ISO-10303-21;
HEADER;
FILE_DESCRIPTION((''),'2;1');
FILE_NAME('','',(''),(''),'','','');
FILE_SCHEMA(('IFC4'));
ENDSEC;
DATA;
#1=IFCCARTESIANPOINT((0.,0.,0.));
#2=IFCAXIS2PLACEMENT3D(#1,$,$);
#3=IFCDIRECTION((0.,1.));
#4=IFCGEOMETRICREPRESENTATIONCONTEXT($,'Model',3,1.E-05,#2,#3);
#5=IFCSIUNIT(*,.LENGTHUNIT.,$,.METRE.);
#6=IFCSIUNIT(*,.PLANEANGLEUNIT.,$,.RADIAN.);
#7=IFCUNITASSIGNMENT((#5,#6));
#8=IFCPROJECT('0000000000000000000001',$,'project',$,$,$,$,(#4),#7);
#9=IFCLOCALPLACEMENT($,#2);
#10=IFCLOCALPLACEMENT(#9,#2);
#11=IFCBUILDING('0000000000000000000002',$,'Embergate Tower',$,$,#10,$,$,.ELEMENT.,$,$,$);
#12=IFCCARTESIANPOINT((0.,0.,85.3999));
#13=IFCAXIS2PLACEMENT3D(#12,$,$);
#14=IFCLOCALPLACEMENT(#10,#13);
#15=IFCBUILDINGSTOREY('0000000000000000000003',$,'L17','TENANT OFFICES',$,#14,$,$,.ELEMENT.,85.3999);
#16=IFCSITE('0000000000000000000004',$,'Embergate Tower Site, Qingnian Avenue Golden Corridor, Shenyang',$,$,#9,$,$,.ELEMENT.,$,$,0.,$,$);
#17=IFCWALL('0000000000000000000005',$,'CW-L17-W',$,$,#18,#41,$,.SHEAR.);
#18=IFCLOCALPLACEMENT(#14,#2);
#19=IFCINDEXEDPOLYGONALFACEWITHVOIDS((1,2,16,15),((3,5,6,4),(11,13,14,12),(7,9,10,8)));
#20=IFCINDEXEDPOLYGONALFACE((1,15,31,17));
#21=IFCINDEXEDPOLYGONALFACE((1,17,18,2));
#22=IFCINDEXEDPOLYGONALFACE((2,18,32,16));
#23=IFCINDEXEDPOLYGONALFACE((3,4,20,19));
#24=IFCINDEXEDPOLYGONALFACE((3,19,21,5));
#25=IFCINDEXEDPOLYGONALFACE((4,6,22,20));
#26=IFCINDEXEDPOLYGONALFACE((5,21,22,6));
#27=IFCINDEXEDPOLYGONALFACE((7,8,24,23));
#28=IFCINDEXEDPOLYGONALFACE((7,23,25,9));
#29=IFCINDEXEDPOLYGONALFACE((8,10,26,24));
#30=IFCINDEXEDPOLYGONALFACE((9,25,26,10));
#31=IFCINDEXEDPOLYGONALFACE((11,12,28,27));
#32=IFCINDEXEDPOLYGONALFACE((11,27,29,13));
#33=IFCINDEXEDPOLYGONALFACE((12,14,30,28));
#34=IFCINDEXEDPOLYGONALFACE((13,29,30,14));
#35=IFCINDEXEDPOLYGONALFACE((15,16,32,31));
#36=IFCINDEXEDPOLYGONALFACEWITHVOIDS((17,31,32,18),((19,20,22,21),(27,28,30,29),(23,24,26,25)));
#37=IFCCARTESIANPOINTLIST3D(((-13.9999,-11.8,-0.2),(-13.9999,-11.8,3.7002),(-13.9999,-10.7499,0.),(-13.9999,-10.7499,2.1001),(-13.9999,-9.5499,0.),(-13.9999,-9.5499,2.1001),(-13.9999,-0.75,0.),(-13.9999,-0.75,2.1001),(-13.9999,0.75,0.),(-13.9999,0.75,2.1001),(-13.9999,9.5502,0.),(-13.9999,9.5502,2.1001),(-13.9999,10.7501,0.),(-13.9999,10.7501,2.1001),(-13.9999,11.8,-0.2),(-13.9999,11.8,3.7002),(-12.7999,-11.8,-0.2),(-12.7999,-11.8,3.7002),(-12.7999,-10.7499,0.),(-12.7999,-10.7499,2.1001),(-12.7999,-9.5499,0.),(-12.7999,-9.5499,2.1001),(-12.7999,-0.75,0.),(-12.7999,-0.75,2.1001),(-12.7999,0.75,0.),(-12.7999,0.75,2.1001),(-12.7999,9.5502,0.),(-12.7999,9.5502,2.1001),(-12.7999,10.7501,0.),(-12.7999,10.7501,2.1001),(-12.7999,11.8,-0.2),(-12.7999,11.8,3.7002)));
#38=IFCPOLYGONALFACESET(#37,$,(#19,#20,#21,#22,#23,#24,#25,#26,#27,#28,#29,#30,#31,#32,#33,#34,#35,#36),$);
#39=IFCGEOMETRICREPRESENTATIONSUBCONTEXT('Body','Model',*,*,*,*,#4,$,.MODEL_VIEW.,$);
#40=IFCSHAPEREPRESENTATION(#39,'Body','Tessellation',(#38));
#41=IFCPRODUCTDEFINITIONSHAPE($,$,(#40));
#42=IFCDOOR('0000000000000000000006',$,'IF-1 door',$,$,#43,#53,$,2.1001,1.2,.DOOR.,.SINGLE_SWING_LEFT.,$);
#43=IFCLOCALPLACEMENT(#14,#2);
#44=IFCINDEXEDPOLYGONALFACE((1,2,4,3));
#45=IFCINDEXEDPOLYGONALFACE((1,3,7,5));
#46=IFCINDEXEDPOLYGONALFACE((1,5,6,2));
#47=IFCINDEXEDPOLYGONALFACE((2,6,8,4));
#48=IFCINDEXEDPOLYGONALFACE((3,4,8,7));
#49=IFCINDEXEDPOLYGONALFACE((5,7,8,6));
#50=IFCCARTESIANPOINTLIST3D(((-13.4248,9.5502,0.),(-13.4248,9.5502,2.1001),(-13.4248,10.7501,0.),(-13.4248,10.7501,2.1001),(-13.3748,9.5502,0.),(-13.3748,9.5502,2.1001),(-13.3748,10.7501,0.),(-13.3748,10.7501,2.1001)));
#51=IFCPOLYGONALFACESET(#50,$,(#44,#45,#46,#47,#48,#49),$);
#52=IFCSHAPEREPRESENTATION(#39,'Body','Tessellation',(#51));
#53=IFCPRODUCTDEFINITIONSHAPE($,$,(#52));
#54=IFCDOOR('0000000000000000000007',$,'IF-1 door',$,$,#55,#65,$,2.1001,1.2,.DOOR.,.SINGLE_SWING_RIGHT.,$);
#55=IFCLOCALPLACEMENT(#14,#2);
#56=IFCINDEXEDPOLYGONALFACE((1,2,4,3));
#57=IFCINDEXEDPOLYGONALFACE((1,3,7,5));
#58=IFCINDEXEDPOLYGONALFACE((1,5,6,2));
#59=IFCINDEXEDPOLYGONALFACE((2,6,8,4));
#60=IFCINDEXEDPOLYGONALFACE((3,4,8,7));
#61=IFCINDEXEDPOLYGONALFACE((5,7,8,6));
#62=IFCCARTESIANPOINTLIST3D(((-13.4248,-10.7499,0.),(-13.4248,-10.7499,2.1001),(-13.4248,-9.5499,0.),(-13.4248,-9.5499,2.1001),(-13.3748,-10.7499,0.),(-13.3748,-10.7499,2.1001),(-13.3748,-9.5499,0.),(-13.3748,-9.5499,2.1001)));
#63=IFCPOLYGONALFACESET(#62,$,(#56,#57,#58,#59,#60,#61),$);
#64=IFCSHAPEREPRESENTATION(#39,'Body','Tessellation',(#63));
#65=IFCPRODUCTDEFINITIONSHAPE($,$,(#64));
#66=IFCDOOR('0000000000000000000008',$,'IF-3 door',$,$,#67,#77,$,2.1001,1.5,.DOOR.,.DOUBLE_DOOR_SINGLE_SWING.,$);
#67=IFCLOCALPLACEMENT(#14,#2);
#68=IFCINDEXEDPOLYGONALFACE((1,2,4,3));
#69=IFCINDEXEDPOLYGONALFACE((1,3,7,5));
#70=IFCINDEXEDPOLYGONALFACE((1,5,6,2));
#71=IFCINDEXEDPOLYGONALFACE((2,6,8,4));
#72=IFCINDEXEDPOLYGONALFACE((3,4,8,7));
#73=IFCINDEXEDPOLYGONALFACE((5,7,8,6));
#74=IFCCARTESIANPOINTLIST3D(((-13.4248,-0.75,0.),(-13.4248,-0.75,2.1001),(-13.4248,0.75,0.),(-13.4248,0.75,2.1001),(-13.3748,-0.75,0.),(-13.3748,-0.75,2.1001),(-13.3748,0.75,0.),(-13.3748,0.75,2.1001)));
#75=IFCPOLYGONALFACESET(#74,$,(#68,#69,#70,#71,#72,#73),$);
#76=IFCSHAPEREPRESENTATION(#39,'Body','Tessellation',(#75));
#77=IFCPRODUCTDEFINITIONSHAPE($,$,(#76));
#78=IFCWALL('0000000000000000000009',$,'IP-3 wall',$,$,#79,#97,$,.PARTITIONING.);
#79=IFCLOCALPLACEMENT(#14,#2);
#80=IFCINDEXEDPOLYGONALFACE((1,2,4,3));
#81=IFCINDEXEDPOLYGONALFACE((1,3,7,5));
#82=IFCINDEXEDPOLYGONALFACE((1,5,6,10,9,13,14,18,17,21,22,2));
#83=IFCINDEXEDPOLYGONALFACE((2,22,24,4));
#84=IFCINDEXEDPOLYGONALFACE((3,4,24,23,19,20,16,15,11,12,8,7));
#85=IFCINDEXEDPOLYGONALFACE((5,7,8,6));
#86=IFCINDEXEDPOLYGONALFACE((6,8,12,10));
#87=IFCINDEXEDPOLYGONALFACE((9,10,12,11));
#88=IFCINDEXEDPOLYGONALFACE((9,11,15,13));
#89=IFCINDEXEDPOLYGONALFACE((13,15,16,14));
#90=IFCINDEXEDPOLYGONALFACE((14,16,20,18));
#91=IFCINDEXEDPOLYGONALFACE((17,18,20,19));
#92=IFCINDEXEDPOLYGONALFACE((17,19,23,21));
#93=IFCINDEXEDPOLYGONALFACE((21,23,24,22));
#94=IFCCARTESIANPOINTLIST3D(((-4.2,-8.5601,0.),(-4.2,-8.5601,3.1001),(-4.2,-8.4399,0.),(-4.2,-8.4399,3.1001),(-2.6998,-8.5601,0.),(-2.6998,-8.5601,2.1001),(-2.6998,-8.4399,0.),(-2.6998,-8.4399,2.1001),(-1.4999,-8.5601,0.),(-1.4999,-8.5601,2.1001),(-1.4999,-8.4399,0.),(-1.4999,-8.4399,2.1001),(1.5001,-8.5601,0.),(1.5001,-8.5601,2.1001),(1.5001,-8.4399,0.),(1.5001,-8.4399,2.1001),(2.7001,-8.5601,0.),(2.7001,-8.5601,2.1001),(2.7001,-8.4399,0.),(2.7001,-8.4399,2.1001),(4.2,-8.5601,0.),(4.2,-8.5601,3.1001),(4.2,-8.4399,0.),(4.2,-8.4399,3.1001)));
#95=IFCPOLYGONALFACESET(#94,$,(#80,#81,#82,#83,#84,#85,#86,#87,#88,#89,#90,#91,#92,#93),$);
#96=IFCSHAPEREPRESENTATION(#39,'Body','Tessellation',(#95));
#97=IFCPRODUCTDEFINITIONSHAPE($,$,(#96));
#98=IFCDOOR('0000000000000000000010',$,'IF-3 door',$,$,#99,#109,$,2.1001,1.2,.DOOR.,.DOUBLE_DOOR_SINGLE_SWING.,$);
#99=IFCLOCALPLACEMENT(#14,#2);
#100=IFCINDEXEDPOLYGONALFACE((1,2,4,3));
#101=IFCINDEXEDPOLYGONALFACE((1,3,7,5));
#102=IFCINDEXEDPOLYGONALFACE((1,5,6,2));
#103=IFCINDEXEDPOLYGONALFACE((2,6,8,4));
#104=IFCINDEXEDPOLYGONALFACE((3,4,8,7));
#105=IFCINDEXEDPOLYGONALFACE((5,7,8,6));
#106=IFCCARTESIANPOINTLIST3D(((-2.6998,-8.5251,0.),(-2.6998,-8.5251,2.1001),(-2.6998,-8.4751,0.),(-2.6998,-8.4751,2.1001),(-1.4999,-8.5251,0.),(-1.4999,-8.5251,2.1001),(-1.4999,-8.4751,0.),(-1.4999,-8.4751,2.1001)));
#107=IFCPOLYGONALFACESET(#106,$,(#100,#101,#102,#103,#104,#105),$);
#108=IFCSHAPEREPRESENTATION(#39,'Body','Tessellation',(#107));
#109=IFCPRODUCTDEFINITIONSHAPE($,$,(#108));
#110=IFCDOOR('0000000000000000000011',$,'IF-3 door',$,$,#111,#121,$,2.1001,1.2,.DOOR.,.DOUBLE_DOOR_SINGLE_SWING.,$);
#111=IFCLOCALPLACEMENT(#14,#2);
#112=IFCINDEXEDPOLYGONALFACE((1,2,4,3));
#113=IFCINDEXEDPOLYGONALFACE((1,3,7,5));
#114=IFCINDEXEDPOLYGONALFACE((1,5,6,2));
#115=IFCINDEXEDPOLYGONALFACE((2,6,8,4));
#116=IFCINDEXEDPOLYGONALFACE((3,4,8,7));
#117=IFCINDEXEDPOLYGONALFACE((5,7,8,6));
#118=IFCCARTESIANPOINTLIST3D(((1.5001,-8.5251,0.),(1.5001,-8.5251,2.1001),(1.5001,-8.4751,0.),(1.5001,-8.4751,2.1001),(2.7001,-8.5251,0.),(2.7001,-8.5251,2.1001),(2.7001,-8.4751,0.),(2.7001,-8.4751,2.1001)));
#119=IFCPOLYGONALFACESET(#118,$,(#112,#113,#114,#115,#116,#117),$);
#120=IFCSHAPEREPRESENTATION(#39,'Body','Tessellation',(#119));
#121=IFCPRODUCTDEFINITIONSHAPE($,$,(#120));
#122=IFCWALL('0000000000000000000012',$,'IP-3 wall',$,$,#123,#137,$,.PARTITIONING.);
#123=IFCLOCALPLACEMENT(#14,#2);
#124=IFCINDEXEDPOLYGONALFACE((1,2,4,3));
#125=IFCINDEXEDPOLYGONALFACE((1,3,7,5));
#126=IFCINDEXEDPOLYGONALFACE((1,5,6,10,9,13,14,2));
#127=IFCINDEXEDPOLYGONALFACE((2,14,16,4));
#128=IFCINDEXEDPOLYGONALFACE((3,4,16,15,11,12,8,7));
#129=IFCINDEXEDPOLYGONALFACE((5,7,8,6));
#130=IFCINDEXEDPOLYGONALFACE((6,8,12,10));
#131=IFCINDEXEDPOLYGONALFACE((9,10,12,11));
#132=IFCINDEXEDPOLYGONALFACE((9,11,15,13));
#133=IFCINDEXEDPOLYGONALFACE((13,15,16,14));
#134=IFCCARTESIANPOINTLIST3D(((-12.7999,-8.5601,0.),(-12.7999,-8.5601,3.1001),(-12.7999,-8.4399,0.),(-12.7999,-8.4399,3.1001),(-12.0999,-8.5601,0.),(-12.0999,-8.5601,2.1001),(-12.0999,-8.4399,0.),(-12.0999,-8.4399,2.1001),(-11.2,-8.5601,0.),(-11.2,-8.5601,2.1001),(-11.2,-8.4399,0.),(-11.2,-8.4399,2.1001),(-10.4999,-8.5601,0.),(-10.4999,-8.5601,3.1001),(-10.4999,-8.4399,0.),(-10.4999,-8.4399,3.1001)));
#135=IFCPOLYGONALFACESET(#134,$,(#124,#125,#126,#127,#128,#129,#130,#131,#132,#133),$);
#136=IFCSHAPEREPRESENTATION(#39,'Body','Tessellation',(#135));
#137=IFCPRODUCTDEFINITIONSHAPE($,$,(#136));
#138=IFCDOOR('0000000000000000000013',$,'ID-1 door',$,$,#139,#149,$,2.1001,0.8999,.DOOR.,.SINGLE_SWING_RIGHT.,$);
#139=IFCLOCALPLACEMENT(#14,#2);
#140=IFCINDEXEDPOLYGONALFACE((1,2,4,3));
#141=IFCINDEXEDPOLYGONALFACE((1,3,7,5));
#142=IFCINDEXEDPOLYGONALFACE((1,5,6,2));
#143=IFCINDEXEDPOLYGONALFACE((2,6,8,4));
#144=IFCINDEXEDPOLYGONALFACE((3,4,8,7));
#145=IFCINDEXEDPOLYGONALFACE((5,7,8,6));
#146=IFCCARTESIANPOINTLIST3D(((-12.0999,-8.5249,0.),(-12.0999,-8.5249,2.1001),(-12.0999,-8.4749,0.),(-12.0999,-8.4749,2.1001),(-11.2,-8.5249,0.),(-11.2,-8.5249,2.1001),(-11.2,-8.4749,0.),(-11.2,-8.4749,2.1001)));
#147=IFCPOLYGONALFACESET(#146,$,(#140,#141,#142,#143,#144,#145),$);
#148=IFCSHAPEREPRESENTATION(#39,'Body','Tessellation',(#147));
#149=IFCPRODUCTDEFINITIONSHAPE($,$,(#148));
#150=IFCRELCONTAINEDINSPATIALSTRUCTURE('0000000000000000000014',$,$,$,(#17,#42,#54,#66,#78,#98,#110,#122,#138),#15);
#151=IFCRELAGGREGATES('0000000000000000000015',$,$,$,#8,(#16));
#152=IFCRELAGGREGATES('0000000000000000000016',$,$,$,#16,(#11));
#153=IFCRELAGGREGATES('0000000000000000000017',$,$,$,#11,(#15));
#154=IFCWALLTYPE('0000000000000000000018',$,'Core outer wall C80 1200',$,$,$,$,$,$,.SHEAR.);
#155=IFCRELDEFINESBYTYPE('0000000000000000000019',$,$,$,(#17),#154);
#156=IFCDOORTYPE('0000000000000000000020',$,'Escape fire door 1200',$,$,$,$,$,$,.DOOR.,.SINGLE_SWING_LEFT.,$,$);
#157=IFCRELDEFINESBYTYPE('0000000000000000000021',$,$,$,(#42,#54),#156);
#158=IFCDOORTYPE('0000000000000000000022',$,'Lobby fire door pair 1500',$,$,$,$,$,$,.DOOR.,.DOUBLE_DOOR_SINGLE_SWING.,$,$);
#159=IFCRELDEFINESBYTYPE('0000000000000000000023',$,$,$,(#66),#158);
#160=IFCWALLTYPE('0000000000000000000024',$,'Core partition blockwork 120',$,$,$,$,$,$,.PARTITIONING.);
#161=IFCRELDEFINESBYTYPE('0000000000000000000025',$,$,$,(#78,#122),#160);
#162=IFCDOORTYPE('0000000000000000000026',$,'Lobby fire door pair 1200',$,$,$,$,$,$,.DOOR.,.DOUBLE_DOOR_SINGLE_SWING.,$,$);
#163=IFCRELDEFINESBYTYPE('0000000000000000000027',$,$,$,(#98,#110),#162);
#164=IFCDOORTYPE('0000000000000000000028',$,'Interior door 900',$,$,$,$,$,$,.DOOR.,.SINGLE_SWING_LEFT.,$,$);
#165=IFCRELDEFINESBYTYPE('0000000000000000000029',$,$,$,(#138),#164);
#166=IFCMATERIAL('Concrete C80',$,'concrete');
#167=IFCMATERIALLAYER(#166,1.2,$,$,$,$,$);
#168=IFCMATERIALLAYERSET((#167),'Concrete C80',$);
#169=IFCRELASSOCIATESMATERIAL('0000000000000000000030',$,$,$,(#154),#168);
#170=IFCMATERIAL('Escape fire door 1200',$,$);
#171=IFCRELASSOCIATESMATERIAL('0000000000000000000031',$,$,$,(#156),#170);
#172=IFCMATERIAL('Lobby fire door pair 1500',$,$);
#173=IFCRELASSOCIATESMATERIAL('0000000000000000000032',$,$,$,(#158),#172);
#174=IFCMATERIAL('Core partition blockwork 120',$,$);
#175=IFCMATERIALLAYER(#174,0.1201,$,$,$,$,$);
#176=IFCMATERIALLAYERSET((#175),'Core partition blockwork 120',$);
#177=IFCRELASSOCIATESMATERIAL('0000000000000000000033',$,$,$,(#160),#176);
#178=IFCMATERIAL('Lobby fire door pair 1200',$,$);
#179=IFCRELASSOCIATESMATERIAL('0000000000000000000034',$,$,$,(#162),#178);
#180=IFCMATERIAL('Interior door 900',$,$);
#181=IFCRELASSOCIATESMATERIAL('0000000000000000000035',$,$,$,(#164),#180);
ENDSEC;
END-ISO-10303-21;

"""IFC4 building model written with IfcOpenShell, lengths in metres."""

from ifc_helpers import new_model, si_unit, direction, frame, frame_2d, origin, place, context, subcontext, project, spatial, rectangle, extrude, source, transform, mapped, material, layer, layer_set, type_object, element, fill, save


model = new_model("IFC4")

# Units and contexts
model_context = context("Model", 3, precision=1e-05, world=origin(), true_north=direction((0.0, 1.0)))
body_context = subcontext(model_context, "Body", "Model", "MODEL_VIEW")
ifc_project = project(units=[si_unit("LENGTHUNIT", "METRE"), si_unit("PLANEANGLEUNIT", "RADIAN")], contexts=[model_context])

# Site, building, storey
site_placement = place(None, origin())
site = spatial("IfcSite", under=ifc_project, at=site_placement, Name="Embergate Tower Site, Qingnian Avenue Golden Corridor, Shenyang", CompositionType="ELEMENT", RefElevation=0.0)
building_placement = place(site_placement, origin())
building = spatial("IfcBuilding", under=site, at=building_placement, Name="Embergate Tower", CompositionType="ELEMENT")
storey_placement = place(building_placement, frame((0.0, 0.0, 85.3999)))
storey = spatial("IfcBuildingStorey", under=building, at=storey_placement, Name="L17", Description="TENANT OFFICES", CompositionType="ELEMENT", Elevation=85.3999)

# Shared definitions
ifc_material_1 = material(Name="Concrete C80", Category="concrete")
ifc_layer_1 = layer(ifc_material_1, 1.2)
ifc_layer_set_1 = layer_set([ifc_layer_1], Name="Concrete C80")
wall_type_1 = type_object("IfcWallType", Name="Core outer wall C80 1200", PredefinedType="SHEAR", material=ifc_layer_set_1)

# Walls, openings, doors
shared_shape_1 = source(origin(), body_context, "Body", "SweptSolid", [
    extrude(rectangle(XDim=23.6001, YDim=1.2, at=frame_2d((11.8, 0.0))), origin(), (0.0, 0.0, 1.0), 3.9001),
])
wall_1_placement = place(storey_placement, frame((-13.3999, -11.8, -0.2), z_axis=(0.0, 0.0, 1.0), x_axis=(0.0, 1.0, 0.0)))
wall_1 = element("IfcWall", 1, at=wall_1_placement, inside=storey, type_object=wall_type_1, Name="CW-L17-W", PredefinedType="SHEAR", context=body_context, shape_type="MappedRepresentation", body=[
    mapped(shared_shape_1, transform((0.0, 0.0, 0.0))),
])
shared_shape_2 = source(origin(), body_context, "Body", "SweptSolid", [
    extrude(rectangle(XDim=1.2, YDim=2.1001, at=frame_2d((0.6001, 1.05))), frame((0.0, 0.6099, 0.0), z_axis=(0.0, -1.0, 0.0), x_axis=(1.0, 0.0, 0.0)), (0.0, 0.0, 1.0), 1.22),
])
opening_1_placement = place(wall_1_placement, frame((21.3501, 0.0, 0.2)))
opening_1 = element("IfcOpeningElement", 2, at=opening_1_placement, cuts=wall_1, PredefinedType="OPENING", context=body_context, shape_type="MappedRepresentation", body=[
    mapped(shared_shape_2, transform((0.0, 0.0, 0.0))),
])
opening_2_placement = place(wall_1_placement, frame((1.05, 0.0, 0.2)))
opening_2 = element("IfcOpeningElement", 3, at=opening_2_placement, cuts=wall_1, PredefinedType="OPENING", context=body_context, shape_type="MappedRepresentation", body=[
    mapped(shared_shape_2, transform((0.0, 0.0, 0.0))),
])
shared_shape_3 = source(origin(), body_context, "Body", "SweptSolid", [
    extrude(rectangle(XDim=1.5, YDim=2.1001, at=frame_2d((0.75, 1.05))), frame((0.0, 0.6099, 0.0), z_axis=(0.0, -1.0, 0.0), x_axis=(1.0, 0.0, 0.0)), (0.0, 0.0, 1.0), 1.22),
])
opening_3_placement = place(wall_1_placement, frame((11.05, 0.0, 0.2)))
opening_3 = element("IfcOpeningElement", 4, at=opening_3_placement, cuts=wall_1, PredefinedType="OPENING", context=body_context, shape_type="MappedRepresentation", body=[
    mapped(shared_shape_3, transform((0.0, 0.0, 0.0))),
])
ifc_material_2 = material(Name="Escape fire door 1200")
door_type_1 = type_object("IfcDoorType", Name="Escape fire door 1200", OperationType="SINGLE_SWING_LEFT", PredefinedType="DOOR", material=ifc_material_2)
shared_shape_4 = source(origin(), body_context, "Body", "SweptSolid", [
    extrude(rectangle(XDim=1.2, YDim=2.1001, at=frame_2d((0.6001, 1.05))), frame((0.0, 0.0249, 0.0), z_axis=(0.0, -1.0, 0.0), x_axis=(1.0, 0.0, 0.0)), (0.0, 0.0, 1.0), 0.05),
])
door_1_placement = place(opening_1_placement, origin())
door_1 = element("IfcDoor", 5, at=door_1_placement, inside=storey, type_object=door_type_1, Name="IF-1 door", OperationType="SINGLE_SWING_LEFT", OverallHeight=2.1001, OverallWidth=1.2, PredefinedType="DOOR", context=body_context, shape_type="MappedRepresentation", body=[
    mapped(shared_shape_4, transform((0.0, 0.0, 0.0))),
])
fill(opening_1, door_1)
door_2_placement = place(opening_2_placement, origin())
door_2 = element("IfcDoor", 6, at=door_2_placement, inside=storey, type_object=door_type_1, Name="IF-1 door", OperationType="SINGLE_SWING_RIGHT", OverallHeight=2.1001, OverallWidth=1.2, PredefinedType="DOOR", context=body_context, shape_type="MappedRepresentation", body=[
    mapped(shared_shape_4, transform((0.0, 0.0, 0.0))),
])
fill(opening_2, door_2)
ifc_material_3 = material(Name="Lobby fire door pair 1500")
door_type_2 = type_object("IfcDoorType", Name="Lobby fire door pair 1500", OperationType="DOUBLE_DOOR_SINGLE_SWING", PredefinedType="DOOR", material=ifc_material_3)
shared_shape_5 = source(origin(), body_context, "Body", "SweptSolid", [
    extrude(rectangle(XDim=1.5, YDim=2.1001, at=frame_2d((0.75, 1.05))), frame((0.0, 0.0249, 0.0), z_axis=(0.0, -1.0, 0.0), x_axis=(1.0, 0.0, 0.0)), (0.0, 0.0, 1.0), 0.05),
])
door_3_placement = place(opening_3_placement, origin())
door_3 = element("IfcDoor", 7, at=door_3_placement, inside=storey, type_object=door_type_2, Name="IF-3 door", OperationType="DOUBLE_DOOR_SINGLE_SWING", OverallHeight=2.1001, OverallWidth=1.5, PredefinedType="DOOR", context=body_context, shape_type="MappedRepresentation", body=[
    mapped(shared_shape_5, transform((0.0, 0.0, 0.0))),
])
fill(opening_3, door_3)
ifc_material_4 = material(Name="Core partition blockwork 120")
ifc_layer_2 = layer(ifc_material_4, 0.1201)
ifc_layer_set_2 = layer_set([ifc_layer_2], Name="Core partition blockwork 120")
wall_type_2 = type_object("IfcWallType", Name="Core partition blockwork 120", PredefinedType="PARTITIONING", material=ifc_layer_set_2)
shared_shape_6 = source(origin(), body_context, "Body", "SweptSolid", [
    extrude(rectangle(XDim=8.3999, YDim=0.1201, at=frame_2d((4.2, 0.0))), origin(), (0.0, 0.0, 1.0), 3.1001),
])
wall_2_placement = place(storey_placement, frame((-4.2, -8.5, 0.0), z_axis=(0.0, 0.0, 1.0), x_axis=(1.0, 0.0, 0.0)))
wall_2 = element("IfcWall", 8, at=wall_2_placement, inside=storey, type_object=wall_type_2, Name="IP-3 wall", PredefinedType="PARTITIONING", context=body_context, shape_type="MappedRepresentation", body=[
    mapped(shared_shape_6, transform((0.0, 0.0, 0.0))),
])
shared_shape_7 = source(origin(), body_context, "Body", "SweptSolid", [
    extrude(rectangle(XDim=1.2, YDim=2.1001, at=frame_2d((0.6001, 1.05))), frame((0.0, 0.0701, 0.0), z_axis=(0.0, -1.0, 0.0), x_axis=(1.0, 0.0, 0.0)), (0.0, 0.0, 1.0), 0.1401),
])
opening_4_placement = place(wall_2_placement, frame((1.5, 0.0, 0.0)))
opening_4 = element("IfcOpeningElement", 9, at=opening_4_placement, cuts=wall_2, PredefinedType="OPENING", context=body_context, shape_type="MappedRepresentation", body=[
    mapped(shared_shape_7, transform((0.0, 0.0, 0.0))),
])
opening_5_placement = place(wall_2_placement, frame((5.7, 0.0, 0.0)))
opening_5 = element("IfcOpeningElement", 10, at=opening_5_placement, cuts=wall_2, PredefinedType="OPENING", context=body_context, shape_type="MappedRepresentation", body=[
    mapped(shared_shape_7, transform((0.0, 0.0, 0.0))),
])
ifc_material_5 = material(Name="Lobby fire door pair 1200")
door_type_3 = type_object("IfcDoorType", Name="Lobby fire door pair 1200", OperationType="DOUBLE_DOOR_SINGLE_SWING", PredefinedType="DOOR", material=ifc_material_5)
door_4_placement = place(opening_4_placement, origin())
door_4 = element("IfcDoor", 11, at=door_4_placement, inside=storey, type_object=door_type_3, Name="IF-3 door", OperationType="DOUBLE_DOOR_SINGLE_SWING", OverallHeight=2.1001, OverallWidth=1.2, PredefinedType="DOOR", context=body_context, shape_type="MappedRepresentation", body=[
    mapped(shared_shape_4, transform((0.0, 0.0, 0.0))),
])
fill(opening_4, door_4)
door_5_placement = place(opening_5_placement, origin())
door_5 = element("IfcDoor", 12, at=door_5_placement, inside=storey, type_object=door_type_3, Name="IF-3 door", OperationType="DOUBLE_DOOR_SINGLE_SWING", OverallHeight=2.1001, OverallWidth=1.2, PredefinedType="DOOR", context=body_context, shape_type="MappedRepresentation", body=[
    mapped(shared_shape_4, transform((0.0, 0.0, 0.0))),
])
fill(opening_5, door_5)

# Wall, opening, door
shared_shape_8 = source(origin(), body_context, "Body", "SweptSolid", [
    extrude(rectangle(XDim=2.3, YDim=0.1201, at=frame_2d((1.1499, 0.0))), origin(), (0.0, 0.0, 1.0), 3.1001),
])
wall_3_placement = place(storey_placement, frame((-10.5, -8.5, 0.0), z_axis=(0.0, 0.0, 1.0), x_axis=(-1.0, 0.0, 0.0)))
wall_3 = element("IfcWall", 13, at=wall_3_placement, inside=storey, type_object=wall_type_2, Name="IP-3 wall", PredefinedType="PARTITIONING", context=body_context, shape_type="MappedRepresentation", body=[
    mapped(shared_shape_8, transform((0.0, 0.0, 0.0))),
])
shared_shape_9 = source(origin(), body_context, "Body", "SweptSolid", [
    extrude(rectangle(XDim=0.8999, YDim=2.1001, at=frame_2d((0.45, 1.05))), frame((0.0, 0.0701, 0.0), z_axis=(0.0, -1.0, 0.0), x_axis=(1.0, 0.0, 0.0)), (0.0, 0.0, 1.0), 0.1401),
])
opening_6_placement = place(wall_3_placement, frame((0.7, 0.0, 0.0)))
opening_6 = element("IfcOpeningElement", 14, at=opening_6_placement, cuts=wall_3, PredefinedType="OPENING", context=body_context, shape_type="MappedRepresentation", body=[
    mapped(shared_shape_9, transform((0.0, 0.0, 0.0))),
])
ifc_material_6 = material(Name="Interior door 900")
door_type_4 = type_object("IfcDoorType", Name="Interior door 900", OperationType="SINGLE_SWING_LEFT", PredefinedType="DOOR", material=ifc_material_6)
shared_shape_10 = source(origin(), body_context, "Body", "SweptSolid", [
    extrude(rectangle(XDim=0.8999, YDim=2.1001, at=frame_2d((0.45, 1.05))), frame((0.0, 0.0249, 0.0), z_axis=(0.0, -1.0, 0.0), x_axis=(1.0, 0.0, 0.0)), (0.0, 0.0, 1.0), 0.05),
])
door_6_placement = place(opening_6_placement, origin())
door_6 = element("IfcDoor", 15, at=door_6_placement, inside=storey, type_object=door_type_4, Name="ID-1 door", OperationType="SINGLE_SWING_RIGHT", OverallHeight=2.1001, OverallWidth=0.8999, PredefinedType="DOOR", context=body_context, shape_type="MappedRepresentation", body=[
    mapped(shared_shape_10, transform((0.0, 0.0, 0.0))),
])
fill(opening_6, door_6)

save(model, "model.ifc")
